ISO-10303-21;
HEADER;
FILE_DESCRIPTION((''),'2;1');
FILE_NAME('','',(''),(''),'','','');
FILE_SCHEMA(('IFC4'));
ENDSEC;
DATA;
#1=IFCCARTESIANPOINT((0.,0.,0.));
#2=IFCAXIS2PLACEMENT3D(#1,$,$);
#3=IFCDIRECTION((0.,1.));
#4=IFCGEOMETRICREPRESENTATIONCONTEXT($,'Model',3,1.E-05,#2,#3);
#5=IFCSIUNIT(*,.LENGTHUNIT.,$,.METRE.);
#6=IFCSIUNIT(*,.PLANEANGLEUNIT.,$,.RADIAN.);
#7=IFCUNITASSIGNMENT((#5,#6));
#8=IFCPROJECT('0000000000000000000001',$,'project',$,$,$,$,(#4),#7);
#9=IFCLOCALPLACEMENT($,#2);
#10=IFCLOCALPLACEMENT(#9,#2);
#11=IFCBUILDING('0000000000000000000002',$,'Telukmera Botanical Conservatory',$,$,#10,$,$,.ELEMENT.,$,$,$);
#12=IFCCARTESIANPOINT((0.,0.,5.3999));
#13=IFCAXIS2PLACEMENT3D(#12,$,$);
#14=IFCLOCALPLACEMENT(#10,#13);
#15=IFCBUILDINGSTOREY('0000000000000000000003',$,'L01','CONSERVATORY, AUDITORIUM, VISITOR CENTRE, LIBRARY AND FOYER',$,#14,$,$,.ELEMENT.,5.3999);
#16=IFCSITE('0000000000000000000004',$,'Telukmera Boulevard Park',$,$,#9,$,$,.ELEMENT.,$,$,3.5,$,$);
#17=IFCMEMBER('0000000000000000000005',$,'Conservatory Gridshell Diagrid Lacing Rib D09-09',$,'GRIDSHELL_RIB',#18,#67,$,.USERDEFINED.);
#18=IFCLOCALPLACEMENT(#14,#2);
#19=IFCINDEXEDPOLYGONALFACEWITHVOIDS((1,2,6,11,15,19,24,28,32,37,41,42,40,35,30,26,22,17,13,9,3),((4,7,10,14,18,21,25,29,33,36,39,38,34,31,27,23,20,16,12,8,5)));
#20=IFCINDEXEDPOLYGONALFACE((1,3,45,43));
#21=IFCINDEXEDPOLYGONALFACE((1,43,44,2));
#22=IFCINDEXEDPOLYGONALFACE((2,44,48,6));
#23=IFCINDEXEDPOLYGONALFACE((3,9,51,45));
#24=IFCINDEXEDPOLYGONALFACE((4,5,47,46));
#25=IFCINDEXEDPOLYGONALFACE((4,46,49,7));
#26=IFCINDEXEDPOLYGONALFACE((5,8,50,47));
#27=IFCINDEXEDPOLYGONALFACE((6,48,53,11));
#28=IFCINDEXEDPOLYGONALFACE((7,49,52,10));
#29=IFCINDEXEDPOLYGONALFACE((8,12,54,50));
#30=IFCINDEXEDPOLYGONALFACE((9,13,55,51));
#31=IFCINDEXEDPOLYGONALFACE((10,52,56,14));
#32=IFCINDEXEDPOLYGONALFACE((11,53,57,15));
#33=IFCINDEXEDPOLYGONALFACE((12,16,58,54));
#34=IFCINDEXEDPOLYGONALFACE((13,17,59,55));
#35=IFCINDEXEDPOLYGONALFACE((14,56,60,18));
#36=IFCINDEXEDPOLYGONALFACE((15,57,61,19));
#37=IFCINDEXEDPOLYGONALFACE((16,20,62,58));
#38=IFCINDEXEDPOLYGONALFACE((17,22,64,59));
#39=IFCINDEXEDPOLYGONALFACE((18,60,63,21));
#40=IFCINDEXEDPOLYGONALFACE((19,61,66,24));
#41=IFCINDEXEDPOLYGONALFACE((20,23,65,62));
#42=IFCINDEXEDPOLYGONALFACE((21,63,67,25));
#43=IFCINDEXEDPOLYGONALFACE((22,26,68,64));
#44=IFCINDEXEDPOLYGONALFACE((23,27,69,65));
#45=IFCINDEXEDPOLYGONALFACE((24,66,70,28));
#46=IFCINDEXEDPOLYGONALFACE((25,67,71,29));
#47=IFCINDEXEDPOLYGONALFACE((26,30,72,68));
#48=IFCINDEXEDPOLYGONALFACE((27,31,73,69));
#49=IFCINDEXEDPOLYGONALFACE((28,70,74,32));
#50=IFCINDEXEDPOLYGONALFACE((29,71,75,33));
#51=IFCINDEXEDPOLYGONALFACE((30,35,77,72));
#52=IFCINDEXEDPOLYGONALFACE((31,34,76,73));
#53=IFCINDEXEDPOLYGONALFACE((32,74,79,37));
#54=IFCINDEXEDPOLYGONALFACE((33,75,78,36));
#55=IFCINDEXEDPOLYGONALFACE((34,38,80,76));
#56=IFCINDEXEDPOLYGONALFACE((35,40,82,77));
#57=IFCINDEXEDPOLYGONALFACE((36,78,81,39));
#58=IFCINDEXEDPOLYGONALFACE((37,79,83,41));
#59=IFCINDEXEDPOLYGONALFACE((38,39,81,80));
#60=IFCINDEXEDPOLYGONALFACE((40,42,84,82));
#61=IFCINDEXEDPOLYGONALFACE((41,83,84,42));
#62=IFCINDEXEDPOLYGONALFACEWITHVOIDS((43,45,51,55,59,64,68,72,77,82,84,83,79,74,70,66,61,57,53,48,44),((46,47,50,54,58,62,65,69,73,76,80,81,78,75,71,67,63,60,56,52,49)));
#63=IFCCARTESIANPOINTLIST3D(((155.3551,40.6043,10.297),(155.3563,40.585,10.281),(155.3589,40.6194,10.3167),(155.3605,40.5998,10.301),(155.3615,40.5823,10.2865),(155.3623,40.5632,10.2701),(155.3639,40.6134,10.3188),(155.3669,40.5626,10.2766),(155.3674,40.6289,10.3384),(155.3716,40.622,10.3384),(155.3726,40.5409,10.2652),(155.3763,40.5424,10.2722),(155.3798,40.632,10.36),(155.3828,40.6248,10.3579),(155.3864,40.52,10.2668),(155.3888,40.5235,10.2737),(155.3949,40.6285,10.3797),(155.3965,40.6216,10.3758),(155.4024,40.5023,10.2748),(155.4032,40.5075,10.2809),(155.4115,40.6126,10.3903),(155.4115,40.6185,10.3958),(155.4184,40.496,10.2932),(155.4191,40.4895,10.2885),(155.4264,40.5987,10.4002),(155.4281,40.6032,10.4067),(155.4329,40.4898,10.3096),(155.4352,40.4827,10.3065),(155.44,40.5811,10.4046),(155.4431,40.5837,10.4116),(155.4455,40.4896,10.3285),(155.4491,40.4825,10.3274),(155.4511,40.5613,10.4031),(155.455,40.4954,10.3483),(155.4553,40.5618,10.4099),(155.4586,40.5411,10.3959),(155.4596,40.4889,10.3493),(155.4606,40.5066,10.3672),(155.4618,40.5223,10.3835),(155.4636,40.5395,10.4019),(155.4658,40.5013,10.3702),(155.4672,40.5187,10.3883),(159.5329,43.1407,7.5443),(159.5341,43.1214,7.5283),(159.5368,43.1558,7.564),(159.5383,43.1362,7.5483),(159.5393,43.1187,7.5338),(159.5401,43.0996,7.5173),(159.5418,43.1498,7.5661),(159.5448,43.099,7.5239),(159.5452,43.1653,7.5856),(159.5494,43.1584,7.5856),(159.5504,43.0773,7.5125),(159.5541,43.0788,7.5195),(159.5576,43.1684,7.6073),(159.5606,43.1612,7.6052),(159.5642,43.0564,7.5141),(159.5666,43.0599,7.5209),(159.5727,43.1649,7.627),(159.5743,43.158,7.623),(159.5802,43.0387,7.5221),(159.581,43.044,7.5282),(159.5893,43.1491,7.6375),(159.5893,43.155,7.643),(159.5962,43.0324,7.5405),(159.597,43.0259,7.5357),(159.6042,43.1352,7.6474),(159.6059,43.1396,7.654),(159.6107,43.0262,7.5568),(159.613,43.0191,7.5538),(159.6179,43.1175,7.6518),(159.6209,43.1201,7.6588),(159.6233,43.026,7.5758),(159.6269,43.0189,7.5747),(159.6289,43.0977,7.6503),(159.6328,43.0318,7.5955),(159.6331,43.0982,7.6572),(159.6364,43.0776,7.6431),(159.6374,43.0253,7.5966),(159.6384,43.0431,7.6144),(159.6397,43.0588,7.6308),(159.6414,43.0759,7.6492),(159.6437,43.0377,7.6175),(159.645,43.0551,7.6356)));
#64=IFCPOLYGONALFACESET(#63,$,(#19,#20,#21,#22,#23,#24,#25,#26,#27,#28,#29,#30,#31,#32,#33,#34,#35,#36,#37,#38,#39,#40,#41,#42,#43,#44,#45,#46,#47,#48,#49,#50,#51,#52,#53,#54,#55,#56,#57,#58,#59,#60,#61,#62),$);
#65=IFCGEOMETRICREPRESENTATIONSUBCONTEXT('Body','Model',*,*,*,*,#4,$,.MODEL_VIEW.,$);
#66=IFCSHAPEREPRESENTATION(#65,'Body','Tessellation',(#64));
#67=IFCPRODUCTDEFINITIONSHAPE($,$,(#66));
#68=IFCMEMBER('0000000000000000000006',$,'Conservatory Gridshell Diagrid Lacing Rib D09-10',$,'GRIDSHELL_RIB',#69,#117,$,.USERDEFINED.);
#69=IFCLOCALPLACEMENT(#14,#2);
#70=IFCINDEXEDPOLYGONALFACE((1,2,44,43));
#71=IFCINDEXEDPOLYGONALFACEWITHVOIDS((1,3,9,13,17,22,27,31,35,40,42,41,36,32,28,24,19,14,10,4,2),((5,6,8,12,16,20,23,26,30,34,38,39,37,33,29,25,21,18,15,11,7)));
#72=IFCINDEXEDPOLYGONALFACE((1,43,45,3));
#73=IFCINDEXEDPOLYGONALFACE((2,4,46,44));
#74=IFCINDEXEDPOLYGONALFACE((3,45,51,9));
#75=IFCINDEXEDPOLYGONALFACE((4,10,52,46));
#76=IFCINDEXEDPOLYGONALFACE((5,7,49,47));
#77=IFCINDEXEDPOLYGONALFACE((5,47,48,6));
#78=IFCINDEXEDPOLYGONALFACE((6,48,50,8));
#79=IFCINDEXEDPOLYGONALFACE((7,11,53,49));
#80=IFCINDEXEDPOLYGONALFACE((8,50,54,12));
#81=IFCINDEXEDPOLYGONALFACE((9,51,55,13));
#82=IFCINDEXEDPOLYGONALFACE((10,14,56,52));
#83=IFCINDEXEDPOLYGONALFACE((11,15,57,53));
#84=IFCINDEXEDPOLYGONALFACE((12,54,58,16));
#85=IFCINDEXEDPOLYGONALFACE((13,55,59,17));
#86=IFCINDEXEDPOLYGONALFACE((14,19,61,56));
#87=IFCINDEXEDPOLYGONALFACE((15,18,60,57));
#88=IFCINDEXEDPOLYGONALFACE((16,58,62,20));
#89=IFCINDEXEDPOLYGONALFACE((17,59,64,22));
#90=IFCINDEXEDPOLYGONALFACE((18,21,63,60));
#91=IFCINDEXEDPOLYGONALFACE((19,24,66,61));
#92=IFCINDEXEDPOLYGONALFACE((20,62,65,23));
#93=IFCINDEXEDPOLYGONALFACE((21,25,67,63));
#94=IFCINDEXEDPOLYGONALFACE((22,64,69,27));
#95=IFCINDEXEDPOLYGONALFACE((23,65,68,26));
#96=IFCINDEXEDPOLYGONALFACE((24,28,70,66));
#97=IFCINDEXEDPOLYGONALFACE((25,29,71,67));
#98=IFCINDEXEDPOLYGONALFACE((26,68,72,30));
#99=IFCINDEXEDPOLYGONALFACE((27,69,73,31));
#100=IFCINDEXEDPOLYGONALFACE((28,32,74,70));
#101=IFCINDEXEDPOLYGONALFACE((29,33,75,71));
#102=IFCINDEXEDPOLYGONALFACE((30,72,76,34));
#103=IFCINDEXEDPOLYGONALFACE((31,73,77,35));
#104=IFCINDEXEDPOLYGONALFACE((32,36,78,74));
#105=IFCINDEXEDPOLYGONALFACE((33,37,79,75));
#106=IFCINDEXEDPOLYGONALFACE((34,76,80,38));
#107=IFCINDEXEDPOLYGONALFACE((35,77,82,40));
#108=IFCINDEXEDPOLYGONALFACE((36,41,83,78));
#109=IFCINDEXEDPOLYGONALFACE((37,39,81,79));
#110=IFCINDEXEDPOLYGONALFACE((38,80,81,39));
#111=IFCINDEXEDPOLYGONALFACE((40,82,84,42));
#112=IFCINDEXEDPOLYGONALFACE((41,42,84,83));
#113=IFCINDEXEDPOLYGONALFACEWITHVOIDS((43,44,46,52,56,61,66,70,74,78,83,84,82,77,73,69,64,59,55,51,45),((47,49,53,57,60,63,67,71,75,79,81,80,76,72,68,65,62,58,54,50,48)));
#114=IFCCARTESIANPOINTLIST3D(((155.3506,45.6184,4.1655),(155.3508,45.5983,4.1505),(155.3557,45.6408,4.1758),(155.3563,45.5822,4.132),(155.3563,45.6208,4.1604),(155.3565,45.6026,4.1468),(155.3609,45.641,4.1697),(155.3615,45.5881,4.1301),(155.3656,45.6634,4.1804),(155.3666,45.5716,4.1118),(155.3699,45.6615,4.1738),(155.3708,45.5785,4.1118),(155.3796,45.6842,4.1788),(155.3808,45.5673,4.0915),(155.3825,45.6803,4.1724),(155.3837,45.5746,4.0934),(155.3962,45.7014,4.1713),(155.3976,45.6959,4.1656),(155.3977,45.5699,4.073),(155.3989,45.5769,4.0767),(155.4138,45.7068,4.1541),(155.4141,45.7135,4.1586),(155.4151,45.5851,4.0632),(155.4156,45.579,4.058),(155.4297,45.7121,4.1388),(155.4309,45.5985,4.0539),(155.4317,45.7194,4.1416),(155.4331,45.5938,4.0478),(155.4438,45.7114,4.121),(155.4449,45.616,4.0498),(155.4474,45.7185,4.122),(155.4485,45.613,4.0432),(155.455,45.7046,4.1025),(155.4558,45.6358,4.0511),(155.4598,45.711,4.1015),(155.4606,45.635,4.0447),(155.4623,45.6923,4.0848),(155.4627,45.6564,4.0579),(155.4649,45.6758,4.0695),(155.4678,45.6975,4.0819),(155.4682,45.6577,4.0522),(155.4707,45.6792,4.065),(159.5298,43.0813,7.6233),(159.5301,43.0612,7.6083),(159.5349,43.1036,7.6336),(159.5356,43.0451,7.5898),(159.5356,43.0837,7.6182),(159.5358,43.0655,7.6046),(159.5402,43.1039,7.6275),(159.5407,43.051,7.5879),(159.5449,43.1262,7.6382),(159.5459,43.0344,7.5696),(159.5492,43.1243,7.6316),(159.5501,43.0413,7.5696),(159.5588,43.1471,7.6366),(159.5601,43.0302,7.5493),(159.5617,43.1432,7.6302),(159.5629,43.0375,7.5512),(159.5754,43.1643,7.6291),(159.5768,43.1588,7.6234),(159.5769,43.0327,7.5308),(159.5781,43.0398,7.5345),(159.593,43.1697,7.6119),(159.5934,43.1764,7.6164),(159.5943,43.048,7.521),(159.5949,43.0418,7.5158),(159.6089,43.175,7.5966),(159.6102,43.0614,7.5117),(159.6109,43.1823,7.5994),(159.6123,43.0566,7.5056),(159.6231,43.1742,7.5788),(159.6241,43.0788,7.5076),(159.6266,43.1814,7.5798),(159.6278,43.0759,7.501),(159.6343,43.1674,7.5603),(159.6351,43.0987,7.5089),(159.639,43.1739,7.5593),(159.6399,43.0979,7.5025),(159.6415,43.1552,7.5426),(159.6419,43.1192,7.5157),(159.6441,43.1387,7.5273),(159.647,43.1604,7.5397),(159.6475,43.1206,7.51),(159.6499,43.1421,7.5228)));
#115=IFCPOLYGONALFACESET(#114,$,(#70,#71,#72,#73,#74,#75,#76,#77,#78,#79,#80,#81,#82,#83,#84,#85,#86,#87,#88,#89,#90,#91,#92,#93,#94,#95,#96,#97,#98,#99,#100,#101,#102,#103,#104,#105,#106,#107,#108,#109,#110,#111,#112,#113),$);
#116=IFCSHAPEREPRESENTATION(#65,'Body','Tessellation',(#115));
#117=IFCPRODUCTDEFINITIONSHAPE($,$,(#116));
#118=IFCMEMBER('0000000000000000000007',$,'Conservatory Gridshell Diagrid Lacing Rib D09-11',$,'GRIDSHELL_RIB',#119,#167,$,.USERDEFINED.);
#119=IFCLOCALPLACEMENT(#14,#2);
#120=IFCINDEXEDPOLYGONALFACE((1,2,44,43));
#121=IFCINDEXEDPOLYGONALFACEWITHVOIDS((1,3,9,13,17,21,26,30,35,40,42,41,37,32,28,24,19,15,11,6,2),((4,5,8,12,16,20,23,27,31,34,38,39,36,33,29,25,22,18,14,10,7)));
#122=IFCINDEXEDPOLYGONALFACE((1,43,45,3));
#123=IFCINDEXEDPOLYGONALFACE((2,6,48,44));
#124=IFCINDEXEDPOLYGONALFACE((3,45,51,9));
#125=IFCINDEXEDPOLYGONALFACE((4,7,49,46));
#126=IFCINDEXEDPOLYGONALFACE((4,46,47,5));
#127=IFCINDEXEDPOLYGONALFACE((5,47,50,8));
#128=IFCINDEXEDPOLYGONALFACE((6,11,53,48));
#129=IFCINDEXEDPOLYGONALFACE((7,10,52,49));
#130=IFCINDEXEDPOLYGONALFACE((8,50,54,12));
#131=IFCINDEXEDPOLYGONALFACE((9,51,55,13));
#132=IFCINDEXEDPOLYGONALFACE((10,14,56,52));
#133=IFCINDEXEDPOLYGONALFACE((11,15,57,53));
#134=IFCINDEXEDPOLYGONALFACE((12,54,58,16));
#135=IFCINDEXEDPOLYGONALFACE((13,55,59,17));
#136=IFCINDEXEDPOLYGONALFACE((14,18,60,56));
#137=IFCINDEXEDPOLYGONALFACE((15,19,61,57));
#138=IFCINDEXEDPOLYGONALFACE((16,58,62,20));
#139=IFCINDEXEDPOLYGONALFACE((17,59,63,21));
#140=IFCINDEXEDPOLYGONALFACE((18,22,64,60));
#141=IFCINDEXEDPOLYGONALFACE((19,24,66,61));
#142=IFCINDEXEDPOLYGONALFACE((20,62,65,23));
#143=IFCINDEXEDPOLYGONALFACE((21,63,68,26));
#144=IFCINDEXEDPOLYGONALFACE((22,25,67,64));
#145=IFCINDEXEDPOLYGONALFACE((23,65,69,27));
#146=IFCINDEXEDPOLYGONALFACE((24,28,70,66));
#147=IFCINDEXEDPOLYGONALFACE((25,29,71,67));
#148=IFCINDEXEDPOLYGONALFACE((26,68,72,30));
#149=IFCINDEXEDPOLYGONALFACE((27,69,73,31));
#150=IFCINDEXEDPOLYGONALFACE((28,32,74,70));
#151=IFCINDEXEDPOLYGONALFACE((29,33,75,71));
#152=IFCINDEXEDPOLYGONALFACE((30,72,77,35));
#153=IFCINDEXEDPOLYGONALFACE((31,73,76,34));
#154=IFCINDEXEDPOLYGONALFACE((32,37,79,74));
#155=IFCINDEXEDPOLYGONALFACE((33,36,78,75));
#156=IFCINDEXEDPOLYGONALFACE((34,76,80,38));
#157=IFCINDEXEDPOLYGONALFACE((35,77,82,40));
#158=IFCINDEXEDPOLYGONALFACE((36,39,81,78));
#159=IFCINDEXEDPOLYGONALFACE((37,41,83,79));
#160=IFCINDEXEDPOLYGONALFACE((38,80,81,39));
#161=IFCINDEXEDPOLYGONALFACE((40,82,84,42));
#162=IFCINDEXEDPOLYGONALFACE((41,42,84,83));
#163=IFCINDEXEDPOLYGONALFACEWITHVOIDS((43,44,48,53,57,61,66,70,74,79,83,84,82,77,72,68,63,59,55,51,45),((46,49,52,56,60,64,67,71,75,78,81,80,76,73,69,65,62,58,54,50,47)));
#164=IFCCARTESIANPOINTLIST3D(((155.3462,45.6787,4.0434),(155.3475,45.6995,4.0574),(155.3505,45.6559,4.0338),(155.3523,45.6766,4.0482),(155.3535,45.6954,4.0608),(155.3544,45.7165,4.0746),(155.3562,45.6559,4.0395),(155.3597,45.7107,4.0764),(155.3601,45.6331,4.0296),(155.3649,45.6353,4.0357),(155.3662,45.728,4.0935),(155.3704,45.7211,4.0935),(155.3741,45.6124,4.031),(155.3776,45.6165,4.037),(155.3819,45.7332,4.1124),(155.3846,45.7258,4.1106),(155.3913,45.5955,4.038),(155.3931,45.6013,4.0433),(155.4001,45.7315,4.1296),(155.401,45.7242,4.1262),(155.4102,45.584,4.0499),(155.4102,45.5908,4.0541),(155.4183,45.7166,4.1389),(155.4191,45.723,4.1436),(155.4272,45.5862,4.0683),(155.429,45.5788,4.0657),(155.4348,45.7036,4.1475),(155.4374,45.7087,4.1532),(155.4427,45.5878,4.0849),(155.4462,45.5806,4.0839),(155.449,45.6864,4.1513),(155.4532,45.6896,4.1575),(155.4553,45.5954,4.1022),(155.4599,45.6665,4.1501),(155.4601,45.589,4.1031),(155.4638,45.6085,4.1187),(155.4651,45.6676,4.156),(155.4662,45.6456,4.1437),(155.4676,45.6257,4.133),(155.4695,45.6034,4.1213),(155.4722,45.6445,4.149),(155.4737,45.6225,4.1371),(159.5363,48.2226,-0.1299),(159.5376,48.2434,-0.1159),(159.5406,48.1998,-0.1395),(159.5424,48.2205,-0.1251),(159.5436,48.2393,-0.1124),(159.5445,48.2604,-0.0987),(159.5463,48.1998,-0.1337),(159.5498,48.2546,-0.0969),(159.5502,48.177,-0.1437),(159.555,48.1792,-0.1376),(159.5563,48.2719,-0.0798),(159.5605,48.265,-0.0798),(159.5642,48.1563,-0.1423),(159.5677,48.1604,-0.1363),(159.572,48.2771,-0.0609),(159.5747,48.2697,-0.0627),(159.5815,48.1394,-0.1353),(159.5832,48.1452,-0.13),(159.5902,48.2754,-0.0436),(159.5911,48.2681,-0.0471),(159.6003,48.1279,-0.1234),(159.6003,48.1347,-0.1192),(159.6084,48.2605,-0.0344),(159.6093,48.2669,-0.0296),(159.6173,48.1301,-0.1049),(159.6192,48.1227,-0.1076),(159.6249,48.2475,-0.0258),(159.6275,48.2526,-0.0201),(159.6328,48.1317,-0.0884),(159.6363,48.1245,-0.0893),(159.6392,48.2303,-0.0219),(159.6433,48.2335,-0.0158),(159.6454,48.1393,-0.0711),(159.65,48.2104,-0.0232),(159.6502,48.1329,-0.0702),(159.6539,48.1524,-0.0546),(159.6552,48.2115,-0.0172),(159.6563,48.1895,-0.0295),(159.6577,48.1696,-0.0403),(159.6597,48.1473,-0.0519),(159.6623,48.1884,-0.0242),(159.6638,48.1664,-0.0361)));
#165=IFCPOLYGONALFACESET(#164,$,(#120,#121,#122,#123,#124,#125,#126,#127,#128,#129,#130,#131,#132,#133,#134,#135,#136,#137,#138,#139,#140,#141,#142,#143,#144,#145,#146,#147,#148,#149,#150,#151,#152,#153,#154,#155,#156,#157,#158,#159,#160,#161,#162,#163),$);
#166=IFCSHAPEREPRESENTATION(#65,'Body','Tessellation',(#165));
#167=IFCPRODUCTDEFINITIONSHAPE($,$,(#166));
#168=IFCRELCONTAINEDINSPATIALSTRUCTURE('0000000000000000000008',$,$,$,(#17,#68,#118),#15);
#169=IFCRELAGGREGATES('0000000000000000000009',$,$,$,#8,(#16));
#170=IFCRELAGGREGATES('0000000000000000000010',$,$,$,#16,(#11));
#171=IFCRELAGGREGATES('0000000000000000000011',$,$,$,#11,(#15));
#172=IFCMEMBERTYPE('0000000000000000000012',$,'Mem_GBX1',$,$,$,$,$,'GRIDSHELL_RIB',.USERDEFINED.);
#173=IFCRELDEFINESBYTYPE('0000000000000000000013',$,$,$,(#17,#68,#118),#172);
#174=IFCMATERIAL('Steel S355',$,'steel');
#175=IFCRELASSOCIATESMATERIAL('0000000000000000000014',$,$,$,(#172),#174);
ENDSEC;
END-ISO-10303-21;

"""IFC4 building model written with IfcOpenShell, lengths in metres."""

from ifc_helpers import new_model, si_unit, direction, frame, origin, origin_2d, place, context, subcontext, project, spatial, hollow_circle, extrude, material, material_profile, profile_set, type_object, element, save


model = new_model("IFC4")

# Units and contexts
model_context = context("Model", 3, precision=1e-05, world=origin(), true_north=direction((0.0, 1.0)))
body_context = subcontext(model_context, "Body", "Model", "MODEL_VIEW")
ifc_project = project(units=[si_unit("LENGTHUNIT", "METRE"), si_unit("PLANEANGLEUNIT", "RADIAN")], contexts=[model_context])

# Site, building, storey
site_placement = place(None, origin())
site = spatial("IfcSite", under=ifc_project, at=site_placement, Name="Telukmera Boulevard Park", CompositionType="ELEMENT", RefElevation=3.5)
building_placement = place(site_placement, origin())
building = spatial("IfcBuilding", under=site, at=building_placement, Name="Telukmera Botanical Conservatory", CompositionType="ELEMENT")
storey_placement = place(building_placement, frame((0.0, 0.0, 5.3999)))
storey = spatial("IfcBuildingStorey", under=building, at=storey_placement, Name="L01", Description="CONSERVATORY, AUDITORIUM, VISITOR CENTRE, LIBRARY AND FOYER", CompositionType="ELEMENT", Elevation=5.3999)

# Shared definitions
ifc_material_1 = material(Name="Steel S355", Category="steel")

# Members
ifc_material_profile_1 = material_profile(ifc_material_1, hollow_circle(Radius=0.0842, WallThickness=0.0081, at=origin_2d()), Name="CHS 168.3x8.0")
ifc_profile_set_1 = profile_set([ifc_material_profile_1], Name="Steel S355")
member_type_1 = type_object("IfcMemberType", Name="Mem_GBX1", ElementType="GRIDSHELL_RIB", PredefinedType="USERDEFINED", material=ifc_profile_set_1)
member_1_placement = place(storey_placement, frame((155.4111, 40.5569, 10.3384), z_axis=(0.744791, 0.452176, -0.490738), x_axis=(-0.518962, 0.854797, 0.0)))
element("IfcMember", 1, at=member_1_placement, inside=storey, type_object=member_type_1, Name="Conservatory Gridshell Diagrid Lacing Rib D09-09", ObjectType="GRIDSHELL_RIB", PredefinedType="USERDEFINED", context=body_context, shape_type="SweptSolid", body=[
    extrude(hollow_circle(Radius=0.0842, WallThickness=0.0081, at=origin_2d()), origin(), (0.0, 0.0, 1.0), 5.6094),
])
member_2_placement = place(storey_placement, frame((159.5896, 43.1064, 7.5696), z_axis=(-0.697904, 0.423684, -0.577428), x_axis=(-0.518939, -0.854811, 0.0)))
element("IfcMember", 2, at=member_2_placement, inside=storey, type_object=member_type_1, Name="Conservatory Gridshell Diagrid Lacing Rib D09-10", ObjectType="GRIDSHELL_RIB", PredefinedType="USERDEFINED", context=body_context, shape_type="SweptSolid", body=[
    extrude(hollow_circle(Radius=0.0842, WallThickness=0.0081, at=origin_2d()), origin(), (0.0, 0.0, 1.0), 5.9883),
])
member_3_placement = place(storey_placement, frame((155.4099, 45.656, 4.0935), z_axis=(0.650866, 0.395154, -0.648249), x_axis=(-0.518964, 0.854796, 0.0)))
element("IfcMember", 3, at=member_3_placement, inside=storey, type_object=member_type_1, Name="Conservatory Gridshell Diagrid Lacing Rib D09-11", ObjectType="GRIDSHELL_RIB", PredefinedType="USERDEFINED", context=body_context, shape_type="SweptSolid", body=[
    extrude(hollow_circle(Radius=0.0842, WallThickness=0.0081, at=origin_2d()), origin(), (0.0, 0.0, 1.0), 6.4377),
])

save(model, "model.ifc")
